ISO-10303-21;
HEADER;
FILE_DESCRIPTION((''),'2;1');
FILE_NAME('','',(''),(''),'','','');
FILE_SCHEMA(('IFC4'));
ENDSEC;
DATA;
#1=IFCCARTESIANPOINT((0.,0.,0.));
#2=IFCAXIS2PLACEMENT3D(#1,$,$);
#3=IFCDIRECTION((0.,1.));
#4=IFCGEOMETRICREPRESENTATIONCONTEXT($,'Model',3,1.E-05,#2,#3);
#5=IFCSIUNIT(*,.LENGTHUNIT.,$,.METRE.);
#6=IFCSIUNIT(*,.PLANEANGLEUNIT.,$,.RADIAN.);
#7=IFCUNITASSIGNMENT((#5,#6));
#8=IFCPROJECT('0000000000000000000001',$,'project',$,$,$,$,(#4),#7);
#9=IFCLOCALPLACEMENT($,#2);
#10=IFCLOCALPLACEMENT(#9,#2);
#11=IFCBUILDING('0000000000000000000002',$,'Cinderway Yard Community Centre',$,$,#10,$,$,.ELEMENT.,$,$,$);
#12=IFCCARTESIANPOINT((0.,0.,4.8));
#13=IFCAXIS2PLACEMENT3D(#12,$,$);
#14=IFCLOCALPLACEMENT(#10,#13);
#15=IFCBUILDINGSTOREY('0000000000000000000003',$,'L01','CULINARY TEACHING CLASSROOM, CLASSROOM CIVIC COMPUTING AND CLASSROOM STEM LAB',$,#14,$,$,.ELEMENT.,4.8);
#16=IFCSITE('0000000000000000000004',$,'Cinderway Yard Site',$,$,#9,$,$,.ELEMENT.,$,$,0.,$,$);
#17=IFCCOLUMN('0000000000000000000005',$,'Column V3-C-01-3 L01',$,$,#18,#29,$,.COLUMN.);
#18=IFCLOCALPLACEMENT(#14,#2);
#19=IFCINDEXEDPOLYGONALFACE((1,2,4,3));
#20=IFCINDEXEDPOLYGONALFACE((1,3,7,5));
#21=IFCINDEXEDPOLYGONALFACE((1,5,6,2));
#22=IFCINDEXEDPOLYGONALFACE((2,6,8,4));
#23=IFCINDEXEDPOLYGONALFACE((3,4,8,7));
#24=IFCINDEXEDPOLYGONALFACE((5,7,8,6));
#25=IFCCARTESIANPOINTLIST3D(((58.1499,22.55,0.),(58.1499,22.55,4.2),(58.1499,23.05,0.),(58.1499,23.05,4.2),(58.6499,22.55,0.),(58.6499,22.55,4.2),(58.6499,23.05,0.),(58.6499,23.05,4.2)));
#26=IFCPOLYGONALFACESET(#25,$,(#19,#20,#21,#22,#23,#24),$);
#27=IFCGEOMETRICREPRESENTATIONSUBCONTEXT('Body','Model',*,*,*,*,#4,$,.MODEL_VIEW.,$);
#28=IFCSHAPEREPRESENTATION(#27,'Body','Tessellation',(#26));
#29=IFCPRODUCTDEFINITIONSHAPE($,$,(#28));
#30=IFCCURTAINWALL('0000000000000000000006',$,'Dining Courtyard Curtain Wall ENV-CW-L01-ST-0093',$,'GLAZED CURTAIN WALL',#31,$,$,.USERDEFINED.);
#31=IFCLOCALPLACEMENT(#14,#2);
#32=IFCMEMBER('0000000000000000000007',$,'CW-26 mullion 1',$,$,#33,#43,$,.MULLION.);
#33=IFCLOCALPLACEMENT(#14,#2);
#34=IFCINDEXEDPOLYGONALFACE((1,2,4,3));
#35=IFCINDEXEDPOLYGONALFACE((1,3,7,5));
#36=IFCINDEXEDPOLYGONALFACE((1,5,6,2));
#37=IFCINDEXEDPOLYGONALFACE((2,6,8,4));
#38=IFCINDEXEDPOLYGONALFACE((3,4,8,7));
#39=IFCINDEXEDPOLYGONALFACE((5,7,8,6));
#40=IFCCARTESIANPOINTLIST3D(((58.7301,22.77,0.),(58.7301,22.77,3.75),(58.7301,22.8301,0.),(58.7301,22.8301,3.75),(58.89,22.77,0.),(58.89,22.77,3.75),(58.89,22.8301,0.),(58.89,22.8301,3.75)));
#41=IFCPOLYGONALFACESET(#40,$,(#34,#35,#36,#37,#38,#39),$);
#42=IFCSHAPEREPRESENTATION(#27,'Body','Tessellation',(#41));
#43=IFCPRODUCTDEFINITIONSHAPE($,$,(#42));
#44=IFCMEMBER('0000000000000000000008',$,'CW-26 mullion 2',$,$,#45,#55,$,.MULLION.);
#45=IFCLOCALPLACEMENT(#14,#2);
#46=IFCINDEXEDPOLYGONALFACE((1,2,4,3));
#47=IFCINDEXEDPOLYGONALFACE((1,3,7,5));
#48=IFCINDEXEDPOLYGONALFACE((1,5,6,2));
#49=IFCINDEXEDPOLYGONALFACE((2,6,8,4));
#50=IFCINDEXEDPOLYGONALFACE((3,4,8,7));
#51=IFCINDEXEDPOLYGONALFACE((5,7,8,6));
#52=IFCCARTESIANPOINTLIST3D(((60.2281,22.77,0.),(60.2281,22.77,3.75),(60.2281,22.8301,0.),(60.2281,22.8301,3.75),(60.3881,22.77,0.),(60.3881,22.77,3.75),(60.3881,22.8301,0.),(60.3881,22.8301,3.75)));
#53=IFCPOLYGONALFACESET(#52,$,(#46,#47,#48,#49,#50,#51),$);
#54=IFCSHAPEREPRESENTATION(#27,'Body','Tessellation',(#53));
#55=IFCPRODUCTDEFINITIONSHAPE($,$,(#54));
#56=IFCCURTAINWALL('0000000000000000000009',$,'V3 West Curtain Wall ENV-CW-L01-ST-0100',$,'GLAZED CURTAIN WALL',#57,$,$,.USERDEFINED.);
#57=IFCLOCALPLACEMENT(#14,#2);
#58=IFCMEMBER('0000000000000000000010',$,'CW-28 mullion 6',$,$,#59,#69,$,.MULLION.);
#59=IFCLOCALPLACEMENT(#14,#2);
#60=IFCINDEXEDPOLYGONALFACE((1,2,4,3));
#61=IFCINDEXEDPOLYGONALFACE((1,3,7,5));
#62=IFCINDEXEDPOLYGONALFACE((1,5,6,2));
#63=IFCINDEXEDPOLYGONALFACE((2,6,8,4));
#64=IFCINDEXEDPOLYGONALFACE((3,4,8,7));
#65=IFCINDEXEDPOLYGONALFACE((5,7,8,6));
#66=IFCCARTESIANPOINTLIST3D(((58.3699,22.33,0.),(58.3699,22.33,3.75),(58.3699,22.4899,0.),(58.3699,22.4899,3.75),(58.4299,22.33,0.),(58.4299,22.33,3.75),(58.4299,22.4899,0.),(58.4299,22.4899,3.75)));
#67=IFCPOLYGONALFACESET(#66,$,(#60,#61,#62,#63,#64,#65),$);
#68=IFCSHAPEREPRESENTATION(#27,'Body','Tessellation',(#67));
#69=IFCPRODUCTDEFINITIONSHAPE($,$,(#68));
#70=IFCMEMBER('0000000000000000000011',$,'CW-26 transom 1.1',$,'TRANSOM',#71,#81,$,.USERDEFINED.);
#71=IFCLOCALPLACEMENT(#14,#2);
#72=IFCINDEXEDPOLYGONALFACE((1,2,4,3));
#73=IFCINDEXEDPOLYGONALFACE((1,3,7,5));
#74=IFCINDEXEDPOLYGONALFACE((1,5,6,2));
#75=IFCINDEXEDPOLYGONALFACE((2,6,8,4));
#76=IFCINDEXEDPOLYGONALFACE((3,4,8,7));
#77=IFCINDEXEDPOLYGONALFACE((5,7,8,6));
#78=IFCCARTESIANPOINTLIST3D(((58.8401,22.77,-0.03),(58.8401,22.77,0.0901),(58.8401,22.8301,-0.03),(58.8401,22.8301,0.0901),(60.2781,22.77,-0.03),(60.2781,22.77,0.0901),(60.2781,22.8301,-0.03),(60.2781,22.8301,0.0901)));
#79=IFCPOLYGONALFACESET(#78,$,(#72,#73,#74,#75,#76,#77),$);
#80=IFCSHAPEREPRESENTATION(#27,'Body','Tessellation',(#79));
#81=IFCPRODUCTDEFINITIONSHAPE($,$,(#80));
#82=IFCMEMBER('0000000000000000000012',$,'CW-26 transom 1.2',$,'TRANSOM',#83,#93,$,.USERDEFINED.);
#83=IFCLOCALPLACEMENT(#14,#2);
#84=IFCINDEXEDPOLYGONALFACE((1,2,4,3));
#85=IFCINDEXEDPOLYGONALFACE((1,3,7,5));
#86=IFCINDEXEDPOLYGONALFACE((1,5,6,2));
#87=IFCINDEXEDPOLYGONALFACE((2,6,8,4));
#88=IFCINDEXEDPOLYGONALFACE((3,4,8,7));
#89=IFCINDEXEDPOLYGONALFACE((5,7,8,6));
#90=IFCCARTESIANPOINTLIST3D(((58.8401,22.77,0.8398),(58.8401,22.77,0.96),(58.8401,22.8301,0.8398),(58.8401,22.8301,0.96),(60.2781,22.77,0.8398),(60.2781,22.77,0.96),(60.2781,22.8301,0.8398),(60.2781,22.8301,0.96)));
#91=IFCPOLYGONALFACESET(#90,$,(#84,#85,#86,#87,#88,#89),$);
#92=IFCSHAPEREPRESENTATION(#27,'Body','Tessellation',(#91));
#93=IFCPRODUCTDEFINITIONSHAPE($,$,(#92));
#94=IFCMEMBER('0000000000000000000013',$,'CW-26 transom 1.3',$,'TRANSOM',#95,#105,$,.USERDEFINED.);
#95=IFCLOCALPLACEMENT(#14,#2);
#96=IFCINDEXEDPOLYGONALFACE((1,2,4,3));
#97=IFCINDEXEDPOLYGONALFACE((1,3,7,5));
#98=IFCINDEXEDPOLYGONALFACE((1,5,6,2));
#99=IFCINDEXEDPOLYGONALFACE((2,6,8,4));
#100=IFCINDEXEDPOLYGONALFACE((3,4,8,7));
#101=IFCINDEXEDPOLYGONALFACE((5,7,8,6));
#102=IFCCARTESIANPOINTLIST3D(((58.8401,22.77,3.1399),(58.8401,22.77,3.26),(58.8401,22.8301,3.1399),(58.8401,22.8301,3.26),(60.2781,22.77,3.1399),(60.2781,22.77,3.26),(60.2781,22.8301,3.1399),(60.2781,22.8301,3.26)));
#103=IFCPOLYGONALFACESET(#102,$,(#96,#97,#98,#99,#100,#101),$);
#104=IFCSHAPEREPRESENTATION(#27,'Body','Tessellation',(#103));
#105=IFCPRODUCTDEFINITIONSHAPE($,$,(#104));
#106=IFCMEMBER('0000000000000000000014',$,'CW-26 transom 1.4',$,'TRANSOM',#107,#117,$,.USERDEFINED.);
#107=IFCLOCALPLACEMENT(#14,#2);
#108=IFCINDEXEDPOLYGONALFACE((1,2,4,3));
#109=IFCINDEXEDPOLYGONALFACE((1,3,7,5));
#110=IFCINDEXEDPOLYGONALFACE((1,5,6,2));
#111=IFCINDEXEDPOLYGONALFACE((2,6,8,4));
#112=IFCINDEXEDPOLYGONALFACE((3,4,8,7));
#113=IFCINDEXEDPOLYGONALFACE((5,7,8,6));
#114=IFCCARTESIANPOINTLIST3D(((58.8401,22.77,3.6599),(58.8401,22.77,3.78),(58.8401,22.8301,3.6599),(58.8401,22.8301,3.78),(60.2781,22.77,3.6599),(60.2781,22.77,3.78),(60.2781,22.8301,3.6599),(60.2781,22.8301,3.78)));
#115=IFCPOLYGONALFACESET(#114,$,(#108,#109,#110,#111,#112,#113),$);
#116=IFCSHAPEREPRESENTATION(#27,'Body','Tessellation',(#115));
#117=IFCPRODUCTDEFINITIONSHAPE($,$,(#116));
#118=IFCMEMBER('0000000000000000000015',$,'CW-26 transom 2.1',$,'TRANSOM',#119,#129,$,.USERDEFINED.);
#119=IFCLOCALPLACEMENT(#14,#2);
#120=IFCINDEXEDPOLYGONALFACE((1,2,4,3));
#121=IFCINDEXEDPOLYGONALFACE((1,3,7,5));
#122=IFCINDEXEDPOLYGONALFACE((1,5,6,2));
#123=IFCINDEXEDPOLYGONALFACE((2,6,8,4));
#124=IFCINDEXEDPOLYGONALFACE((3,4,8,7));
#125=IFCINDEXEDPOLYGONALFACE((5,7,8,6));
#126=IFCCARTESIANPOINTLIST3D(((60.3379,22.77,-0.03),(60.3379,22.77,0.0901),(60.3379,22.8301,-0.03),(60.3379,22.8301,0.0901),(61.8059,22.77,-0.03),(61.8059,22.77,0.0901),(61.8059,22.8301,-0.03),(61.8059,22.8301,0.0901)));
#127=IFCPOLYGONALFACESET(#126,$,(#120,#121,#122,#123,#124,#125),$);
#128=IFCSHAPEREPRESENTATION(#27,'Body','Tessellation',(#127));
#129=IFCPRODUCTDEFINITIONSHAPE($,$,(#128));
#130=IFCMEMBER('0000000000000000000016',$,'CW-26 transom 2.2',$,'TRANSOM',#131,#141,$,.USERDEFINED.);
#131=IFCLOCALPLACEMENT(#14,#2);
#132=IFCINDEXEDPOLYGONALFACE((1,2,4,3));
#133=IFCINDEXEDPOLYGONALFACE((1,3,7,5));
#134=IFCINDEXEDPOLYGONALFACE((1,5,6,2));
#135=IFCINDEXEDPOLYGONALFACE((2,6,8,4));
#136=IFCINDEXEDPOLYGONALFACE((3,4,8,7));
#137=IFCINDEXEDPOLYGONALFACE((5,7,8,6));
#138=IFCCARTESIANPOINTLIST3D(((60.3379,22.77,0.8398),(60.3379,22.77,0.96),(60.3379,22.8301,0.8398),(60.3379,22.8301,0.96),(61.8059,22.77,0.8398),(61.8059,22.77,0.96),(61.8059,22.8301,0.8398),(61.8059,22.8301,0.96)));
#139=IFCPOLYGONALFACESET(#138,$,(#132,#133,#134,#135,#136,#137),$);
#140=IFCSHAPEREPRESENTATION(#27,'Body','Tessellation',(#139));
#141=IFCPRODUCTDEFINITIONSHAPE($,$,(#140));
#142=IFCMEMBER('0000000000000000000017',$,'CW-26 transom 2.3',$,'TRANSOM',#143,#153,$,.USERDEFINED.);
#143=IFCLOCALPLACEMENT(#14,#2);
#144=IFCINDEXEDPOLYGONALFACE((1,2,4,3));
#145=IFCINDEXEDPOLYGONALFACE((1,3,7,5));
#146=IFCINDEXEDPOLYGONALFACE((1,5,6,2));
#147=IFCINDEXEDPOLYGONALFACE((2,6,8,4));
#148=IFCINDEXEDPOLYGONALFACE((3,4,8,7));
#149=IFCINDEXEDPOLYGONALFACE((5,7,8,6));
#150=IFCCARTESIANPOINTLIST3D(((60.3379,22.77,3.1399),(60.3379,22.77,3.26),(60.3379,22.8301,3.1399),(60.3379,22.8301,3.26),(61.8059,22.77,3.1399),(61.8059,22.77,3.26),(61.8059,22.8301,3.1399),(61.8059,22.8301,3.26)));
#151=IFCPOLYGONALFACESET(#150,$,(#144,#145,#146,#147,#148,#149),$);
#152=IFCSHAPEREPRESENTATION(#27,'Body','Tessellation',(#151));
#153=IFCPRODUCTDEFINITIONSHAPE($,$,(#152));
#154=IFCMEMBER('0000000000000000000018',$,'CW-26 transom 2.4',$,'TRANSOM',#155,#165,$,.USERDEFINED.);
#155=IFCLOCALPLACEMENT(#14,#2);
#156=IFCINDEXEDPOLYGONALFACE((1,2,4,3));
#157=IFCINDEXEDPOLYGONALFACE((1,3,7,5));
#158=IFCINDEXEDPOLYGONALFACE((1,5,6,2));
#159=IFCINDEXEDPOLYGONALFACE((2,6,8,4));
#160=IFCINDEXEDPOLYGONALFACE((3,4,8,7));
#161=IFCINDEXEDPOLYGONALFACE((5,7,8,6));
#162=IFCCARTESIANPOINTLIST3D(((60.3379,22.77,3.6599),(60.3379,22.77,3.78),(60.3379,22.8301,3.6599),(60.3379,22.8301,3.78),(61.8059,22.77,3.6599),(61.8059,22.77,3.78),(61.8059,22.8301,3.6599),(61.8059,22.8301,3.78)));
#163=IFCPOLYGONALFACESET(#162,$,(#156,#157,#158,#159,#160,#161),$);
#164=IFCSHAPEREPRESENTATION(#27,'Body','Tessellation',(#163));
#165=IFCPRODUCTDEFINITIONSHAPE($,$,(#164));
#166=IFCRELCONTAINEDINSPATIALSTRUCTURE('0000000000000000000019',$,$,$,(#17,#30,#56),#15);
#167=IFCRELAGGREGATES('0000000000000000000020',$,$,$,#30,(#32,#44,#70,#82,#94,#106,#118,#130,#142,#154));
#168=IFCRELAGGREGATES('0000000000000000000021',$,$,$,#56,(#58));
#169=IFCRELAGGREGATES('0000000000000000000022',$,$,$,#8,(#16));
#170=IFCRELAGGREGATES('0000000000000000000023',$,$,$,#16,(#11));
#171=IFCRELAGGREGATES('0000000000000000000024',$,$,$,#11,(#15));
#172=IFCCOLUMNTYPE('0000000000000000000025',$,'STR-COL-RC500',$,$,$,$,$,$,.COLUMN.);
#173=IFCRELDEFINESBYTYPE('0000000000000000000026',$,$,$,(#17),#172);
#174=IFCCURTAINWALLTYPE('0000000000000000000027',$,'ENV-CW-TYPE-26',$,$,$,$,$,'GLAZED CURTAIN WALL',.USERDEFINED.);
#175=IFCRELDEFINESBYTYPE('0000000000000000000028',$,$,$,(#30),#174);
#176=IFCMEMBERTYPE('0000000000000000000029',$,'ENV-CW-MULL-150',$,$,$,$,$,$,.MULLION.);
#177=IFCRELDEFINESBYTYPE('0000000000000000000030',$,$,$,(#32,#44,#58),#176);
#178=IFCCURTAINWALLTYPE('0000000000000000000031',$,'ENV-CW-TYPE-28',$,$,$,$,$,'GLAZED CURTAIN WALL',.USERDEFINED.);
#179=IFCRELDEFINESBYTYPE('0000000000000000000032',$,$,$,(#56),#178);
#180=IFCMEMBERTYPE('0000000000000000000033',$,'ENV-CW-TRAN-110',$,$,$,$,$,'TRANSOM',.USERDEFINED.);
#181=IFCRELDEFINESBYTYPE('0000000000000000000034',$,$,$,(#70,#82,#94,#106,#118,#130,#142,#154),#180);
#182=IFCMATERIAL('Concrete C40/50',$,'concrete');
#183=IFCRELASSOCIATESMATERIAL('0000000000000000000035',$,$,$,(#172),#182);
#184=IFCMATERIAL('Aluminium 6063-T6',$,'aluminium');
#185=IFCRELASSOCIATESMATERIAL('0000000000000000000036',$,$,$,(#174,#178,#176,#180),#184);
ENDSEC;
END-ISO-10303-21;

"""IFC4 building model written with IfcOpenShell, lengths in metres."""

from ifc_helpers import new_model, si_unit, direction, frame, origin, origin_2d, place, context, subcontext, project, spatial, rectangle, extrude, material, material_profile, profile_set, type_object, element, aggregate, save


model = new_model("IFC4")

# Units and contexts
model_context = context("Model", 3, precision=1e-05, world=origin(), true_north=direction((0.0, 1.0)))
body_context = subcontext(model_context, "Body", "Model", "MODEL_VIEW")
ifc_project = project(units=[si_unit("LENGTHUNIT", "METRE"), si_unit("PLANEANGLEUNIT", "RADIAN")], contexts=[model_context])

# Site, building, storey
site_placement = place(None, origin())
site = spatial("IfcSite", under=ifc_project, at=site_placement, Name="Cinderway Yard Site", CompositionType="ELEMENT", RefElevation=0.0)
building_placement = place(site_placement, origin())
building = spatial("IfcBuilding", under=site, at=building_placement, Name="Cinderway Yard Community Centre", CompositionType="ELEMENT")
storey_placement = place(building_placement, frame((0.0, 0.0, 4.8)))
storey = spatial("IfcBuildingStorey", under=building, at=storey_placement, Name="L01", Description="CULINARY TEACHING CLASSROOM, CLASSROOM CIVIC COMPUTING AND CLASSROOM STEM LAB", CompositionType="ELEMENT", Elevation=4.8)

# Column
ifc_material_1 = material(Name="Concrete C40/50", Category="concrete")
ifc_material_profile_1 = material_profile(ifc_material_1, rectangle(XDim=0.5, YDim=0.5, at=origin_2d()), Name="Concrete C40/50")
ifc_profile_set_1 = profile_set([ifc_material_profile_1], Name="Concrete C40/50")
column_type = type_object("IfcColumnType", Name="STR-COL-RC500", PredefinedType="COLUMN", material=ifc_profile_set_1)
column_placement = place(storey_placement, frame((58.3999, 22.8, 0.0), z_axis=(0.0, 0.0, 1.0), x_axis=(1.0, 0.0, 0.0)))
element("IfcColumn", 1, at=column_placement, inside=storey, type_object=column_type, Name="Column V3-C-01-3 L01", PredefinedType="COLUMN", context=body_context, shape_type="SweptSolid", body=[
    extrude(rectangle(XDim=0.5, YDim=0.5, at=origin_2d()), origin(), (0.0, 0.0, 1.0), 4.2),
])

# Curtain wall, members
ifc_material_2 = material(Name="Aluminium 6063-T6", Category="aluminium")
curtain_wall_type_1 = type_object("IfcCurtainWallType", Name="ENV-CW-TYPE-26", ElementType="GLAZED CURTAIN WALL", PredefinedType="USERDEFINED", material=ifc_material_2)
curtain_wall_1_placement = place(storey_placement, origin())
curtain_wall_1 = element("IfcCurtainWall", 2, at=curtain_wall_1_placement, inside=storey, type_object=curtain_wall_type_1, Name="Dining Courtyard Curtain Wall ENV-CW-L01-ST-0093", ObjectType="GLAZED CURTAIN WALL", PredefinedType="USERDEFINED")
ifc_material_profile_2 = material_profile(ifc_material_2, rectangle(XDim=0.0601, YDim=0.1599, at=origin_2d()), Name="Aluminium 6063-T6")
ifc_profile_set_2 = profile_set([ifc_material_profile_2], Name="Aluminium 6063-T6")
member_type_1 = type_object("IfcMemberType", Name="ENV-CW-MULL-150", PredefinedType="MULLION", material=ifc_profile_set_2)
member_1_placement = place(storey_placement, frame((58.8101, 22.8, 0.0), z_axis=(0.0, 0.0, 1.0), x_axis=(0.0, 1.0, 0.0)))
member_1 = element("IfcMember", 3, at=member_1_placement, type_object=member_type_1, Name="CW-26 mullion 1", PredefinedType="MULLION", context=body_context, shape_type="SweptSolid", body=[
    extrude(rectangle(XDim=0.0601, YDim=0.1599, at=origin_2d()), origin(), (0.0, 0.0, 1.0), 3.75),
])
member_2_placement = place(storey_placement, frame((60.3081, 22.8, 0.0), z_axis=(0.0, 0.0, 1.0), x_axis=(0.0, 1.0, 0.0)))
member_2 = element("IfcMember", 4, at=member_2_placement, type_object=member_type_1, Name="CW-26 mullion 2", PredefinedType="MULLION", context=body_context, shape_type="SweptSolid", body=[
    extrude(rectangle(XDim=0.0601, YDim=0.1599, at=origin_2d()), origin(), (0.0, 0.0, 1.0), 3.75),
])

# Curtain wall, member
curtain_wall_type_2 = type_object("IfcCurtainWallType", Name="ENV-CW-TYPE-28", ElementType="GLAZED CURTAIN WALL", PredefinedType="USERDEFINED", material=ifc_material_2)
curtain_wall_2_placement = place(storey_placement, origin())
curtain_wall_2 = element("IfcCurtainWall", 5, at=curtain_wall_2_placement, inside=storey, type_object=curtain_wall_type_2, Name="V3 West Curtain Wall ENV-CW-L01-ST-0100", ObjectType="GLAZED CURTAIN WALL", PredefinedType="USERDEFINED")
member_3_placement = place(storey_placement, frame((58.3999, 22.4099, 0.0), z_axis=(0.0, 0.0, 1.0), x_axis=(-1.0, 0.0, 0.0)))
member_3 = element("IfcMember", 6, at=member_3_placement, type_object=member_type_1, Name="CW-28 mullion 6", PredefinedType="MULLION", context=body_context, shape_type="SweptSolid", body=[
    extrude(rectangle(XDim=0.0601, YDim=0.1599, at=origin_2d()), origin(), (0.0, 0.0, 1.0), 3.75),
])

# Members
ifc_material_profile_3 = material_profile(ifc_material_2, rectangle(XDim=0.0601, YDim=0.1201, at=origin_2d()), Name="Aluminium 6063-T6")
ifc_profile_set_3 = profile_set([ifc_material_profile_3], Name="Aluminium 6063-T6")
member_type_2 = type_object("IfcMemberType", Name="ENV-CW-TRAN-110", ElementType="TRANSOM", PredefinedType="USERDEFINED", material=ifc_profile_set_3)
member_4_placement = place(storey_placement, frame((58.8401, 22.8, 0.03), z_axis=(1.0, 0.0, 0.0), x_axis=(0.0, 1.0, 0.0)))
member_4 = element("IfcMember", 7, at=member_4_placement, type_object=member_type_2, Name="CW-26 transom 1.1", ObjectType="TRANSOM", PredefinedType="USERDEFINED", context=body_context, shape_type="SweptSolid", body=[
    extrude(rectangle(XDim=0.0601, YDim=0.1201, at=origin_2d()), origin(), (0.0, 0.0, 1.0), 1.438),
])
member_5_placement = place(storey_placement, frame((58.8401, 22.8, 0.8999), z_axis=(1.0, 0.0, 0.0), x_axis=(0.0, 1.0, 0.0)))
member_5 = element("IfcMember", 8, at=member_5_placement, type_object=member_type_2, Name="CW-26 transom 1.2", ObjectType="TRANSOM", PredefinedType="USERDEFINED", context=body_context, shape_type="SweptSolid", body=[
    extrude(rectangle(XDim=0.0601, YDim=0.1201, at=origin_2d()), origin(), (0.0, 0.0, 1.0), 1.438),
])
member_6_placement = place(storey_placement, frame((58.8401, 22.8, 3.2), z_axis=(1.0, 0.0, 0.0), x_axis=(0.0, 1.0, 0.0)))
member_6 = element("IfcMember", 9, at=member_6_placement, type_object=member_type_2, Name="CW-26 transom 1.3", ObjectType="TRANSOM", PredefinedType="USERDEFINED", context=body_context, shape_type="SweptSolid", body=[
    extrude(rectangle(XDim=0.0601, YDim=0.1201, at=origin_2d()), origin(), (0.0, 0.0, 1.0), 1.438),
])
member_7_placement = place(storey_placement, frame((58.8401, 22.8, 3.72), z_axis=(1.0, 0.0, 0.0), x_axis=(0.0, 1.0, 0.0)))
member_7 = element("IfcMember", 10, at=member_7_placement, type_object=member_type_2, Name="CW-26 transom 1.4", ObjectType="TRANSOM", PredefinedType="USERDEFINED", context=body_context, shape_type="SweptSolid", body=[
    extrude(rectangle(XDim=0.0601, YDim=0.1201, at=origin_2d()), origin(), (0.0, 0.0, 1.0), 1.438),
])
member_8_placement = place(storey_placement, frame((60.3379, 22.8, 0.03), z_axis=(1.0, 0.0, 0.0), x_axis=(0.0, 1.0, 0.0)))
member_8 = element("IfcMember", 11, at=member_8_placement, type_object=member_type_2, Name="CW-26 transom 2.1", ObjectType="TRANSOM", PredefinedType="USERDEFINED", context=body_context, shape_type="SweptSolid", body=[
    extrude(rectangle(XDim=0.0601, YDim=0.1201, at=origin_2d()), origin(), (0.0, 0.0, 1.0), 1.468),
])
member_9_placement = place(storey_placement, frame((60.3379, 22.8, 0.8999), z_axis=(1.0, 0.0, 0.0), x_axis=(0.0, 1.0, 0.0)))
member_9 = element("IfcMember", 12, at=member_9_placement, type_object=member_type_2, Name="CW-26 transom 2.2", ObjectType="TRANSOM", PredefinedType="USERDEFINED", context=body_context, shape_type="SweptSolid", body=[
    extrude(rectangle(XDim=0.0601, YDim=0.1201, at=origin_2d()), origin(), (0.0, 0.0, 1.0), 1.468),
])
member_10_placement = place(storey_placement, frame((60.3379, 22.8, 3.2), z_axis=(1.0, 0.0, 0.0), x_axis=(0.0, 1.0, 0.0)))
member_10 = element("IfcMember", 13, at=member_10_placement, type_object=member_type_2, Name="CW-26 transom 2.3", ObjectType="TRANSOM", PredefinedType="USERDEFINED", context=body_context, shape_type="SweptSolid", body=[
    extrude(rectangle(XDim=0.0601, YDim=0.1201, at=origin_2d()), origin(), (0.0, 0.0, 1.0), 1.468),
])
member_11_placement = place(storey_placement, frame((60.3379, 22.8, 3.72), z_axis=(1.0, 0.0, 0.0), x_axis=(0.0, 1.0, 0.0)))
member_11 = element("IfcMember", 14, at=member_11_placement, type_object=member_type_2, Name="CW-26 transom 2.4", ObjectType="TRANSOM", PredefinedType="USERDEFINED", context=body_context, shape_type="SweptSolid", body=[
    extrude(rectangle(XDim=0.0601, YDim=0.1201, at=origin_2d()), origin(), (0.0, 0.0, 1.0), 1.468),
])

aggregate(curtain_wall_1, [member_1, member_2, member_4, member_5, member_6, member_7, member_8, member_9, member_10, member_11])
aggregate(curtain_wall_2, [member_3])

save(model, "model.ifc")
